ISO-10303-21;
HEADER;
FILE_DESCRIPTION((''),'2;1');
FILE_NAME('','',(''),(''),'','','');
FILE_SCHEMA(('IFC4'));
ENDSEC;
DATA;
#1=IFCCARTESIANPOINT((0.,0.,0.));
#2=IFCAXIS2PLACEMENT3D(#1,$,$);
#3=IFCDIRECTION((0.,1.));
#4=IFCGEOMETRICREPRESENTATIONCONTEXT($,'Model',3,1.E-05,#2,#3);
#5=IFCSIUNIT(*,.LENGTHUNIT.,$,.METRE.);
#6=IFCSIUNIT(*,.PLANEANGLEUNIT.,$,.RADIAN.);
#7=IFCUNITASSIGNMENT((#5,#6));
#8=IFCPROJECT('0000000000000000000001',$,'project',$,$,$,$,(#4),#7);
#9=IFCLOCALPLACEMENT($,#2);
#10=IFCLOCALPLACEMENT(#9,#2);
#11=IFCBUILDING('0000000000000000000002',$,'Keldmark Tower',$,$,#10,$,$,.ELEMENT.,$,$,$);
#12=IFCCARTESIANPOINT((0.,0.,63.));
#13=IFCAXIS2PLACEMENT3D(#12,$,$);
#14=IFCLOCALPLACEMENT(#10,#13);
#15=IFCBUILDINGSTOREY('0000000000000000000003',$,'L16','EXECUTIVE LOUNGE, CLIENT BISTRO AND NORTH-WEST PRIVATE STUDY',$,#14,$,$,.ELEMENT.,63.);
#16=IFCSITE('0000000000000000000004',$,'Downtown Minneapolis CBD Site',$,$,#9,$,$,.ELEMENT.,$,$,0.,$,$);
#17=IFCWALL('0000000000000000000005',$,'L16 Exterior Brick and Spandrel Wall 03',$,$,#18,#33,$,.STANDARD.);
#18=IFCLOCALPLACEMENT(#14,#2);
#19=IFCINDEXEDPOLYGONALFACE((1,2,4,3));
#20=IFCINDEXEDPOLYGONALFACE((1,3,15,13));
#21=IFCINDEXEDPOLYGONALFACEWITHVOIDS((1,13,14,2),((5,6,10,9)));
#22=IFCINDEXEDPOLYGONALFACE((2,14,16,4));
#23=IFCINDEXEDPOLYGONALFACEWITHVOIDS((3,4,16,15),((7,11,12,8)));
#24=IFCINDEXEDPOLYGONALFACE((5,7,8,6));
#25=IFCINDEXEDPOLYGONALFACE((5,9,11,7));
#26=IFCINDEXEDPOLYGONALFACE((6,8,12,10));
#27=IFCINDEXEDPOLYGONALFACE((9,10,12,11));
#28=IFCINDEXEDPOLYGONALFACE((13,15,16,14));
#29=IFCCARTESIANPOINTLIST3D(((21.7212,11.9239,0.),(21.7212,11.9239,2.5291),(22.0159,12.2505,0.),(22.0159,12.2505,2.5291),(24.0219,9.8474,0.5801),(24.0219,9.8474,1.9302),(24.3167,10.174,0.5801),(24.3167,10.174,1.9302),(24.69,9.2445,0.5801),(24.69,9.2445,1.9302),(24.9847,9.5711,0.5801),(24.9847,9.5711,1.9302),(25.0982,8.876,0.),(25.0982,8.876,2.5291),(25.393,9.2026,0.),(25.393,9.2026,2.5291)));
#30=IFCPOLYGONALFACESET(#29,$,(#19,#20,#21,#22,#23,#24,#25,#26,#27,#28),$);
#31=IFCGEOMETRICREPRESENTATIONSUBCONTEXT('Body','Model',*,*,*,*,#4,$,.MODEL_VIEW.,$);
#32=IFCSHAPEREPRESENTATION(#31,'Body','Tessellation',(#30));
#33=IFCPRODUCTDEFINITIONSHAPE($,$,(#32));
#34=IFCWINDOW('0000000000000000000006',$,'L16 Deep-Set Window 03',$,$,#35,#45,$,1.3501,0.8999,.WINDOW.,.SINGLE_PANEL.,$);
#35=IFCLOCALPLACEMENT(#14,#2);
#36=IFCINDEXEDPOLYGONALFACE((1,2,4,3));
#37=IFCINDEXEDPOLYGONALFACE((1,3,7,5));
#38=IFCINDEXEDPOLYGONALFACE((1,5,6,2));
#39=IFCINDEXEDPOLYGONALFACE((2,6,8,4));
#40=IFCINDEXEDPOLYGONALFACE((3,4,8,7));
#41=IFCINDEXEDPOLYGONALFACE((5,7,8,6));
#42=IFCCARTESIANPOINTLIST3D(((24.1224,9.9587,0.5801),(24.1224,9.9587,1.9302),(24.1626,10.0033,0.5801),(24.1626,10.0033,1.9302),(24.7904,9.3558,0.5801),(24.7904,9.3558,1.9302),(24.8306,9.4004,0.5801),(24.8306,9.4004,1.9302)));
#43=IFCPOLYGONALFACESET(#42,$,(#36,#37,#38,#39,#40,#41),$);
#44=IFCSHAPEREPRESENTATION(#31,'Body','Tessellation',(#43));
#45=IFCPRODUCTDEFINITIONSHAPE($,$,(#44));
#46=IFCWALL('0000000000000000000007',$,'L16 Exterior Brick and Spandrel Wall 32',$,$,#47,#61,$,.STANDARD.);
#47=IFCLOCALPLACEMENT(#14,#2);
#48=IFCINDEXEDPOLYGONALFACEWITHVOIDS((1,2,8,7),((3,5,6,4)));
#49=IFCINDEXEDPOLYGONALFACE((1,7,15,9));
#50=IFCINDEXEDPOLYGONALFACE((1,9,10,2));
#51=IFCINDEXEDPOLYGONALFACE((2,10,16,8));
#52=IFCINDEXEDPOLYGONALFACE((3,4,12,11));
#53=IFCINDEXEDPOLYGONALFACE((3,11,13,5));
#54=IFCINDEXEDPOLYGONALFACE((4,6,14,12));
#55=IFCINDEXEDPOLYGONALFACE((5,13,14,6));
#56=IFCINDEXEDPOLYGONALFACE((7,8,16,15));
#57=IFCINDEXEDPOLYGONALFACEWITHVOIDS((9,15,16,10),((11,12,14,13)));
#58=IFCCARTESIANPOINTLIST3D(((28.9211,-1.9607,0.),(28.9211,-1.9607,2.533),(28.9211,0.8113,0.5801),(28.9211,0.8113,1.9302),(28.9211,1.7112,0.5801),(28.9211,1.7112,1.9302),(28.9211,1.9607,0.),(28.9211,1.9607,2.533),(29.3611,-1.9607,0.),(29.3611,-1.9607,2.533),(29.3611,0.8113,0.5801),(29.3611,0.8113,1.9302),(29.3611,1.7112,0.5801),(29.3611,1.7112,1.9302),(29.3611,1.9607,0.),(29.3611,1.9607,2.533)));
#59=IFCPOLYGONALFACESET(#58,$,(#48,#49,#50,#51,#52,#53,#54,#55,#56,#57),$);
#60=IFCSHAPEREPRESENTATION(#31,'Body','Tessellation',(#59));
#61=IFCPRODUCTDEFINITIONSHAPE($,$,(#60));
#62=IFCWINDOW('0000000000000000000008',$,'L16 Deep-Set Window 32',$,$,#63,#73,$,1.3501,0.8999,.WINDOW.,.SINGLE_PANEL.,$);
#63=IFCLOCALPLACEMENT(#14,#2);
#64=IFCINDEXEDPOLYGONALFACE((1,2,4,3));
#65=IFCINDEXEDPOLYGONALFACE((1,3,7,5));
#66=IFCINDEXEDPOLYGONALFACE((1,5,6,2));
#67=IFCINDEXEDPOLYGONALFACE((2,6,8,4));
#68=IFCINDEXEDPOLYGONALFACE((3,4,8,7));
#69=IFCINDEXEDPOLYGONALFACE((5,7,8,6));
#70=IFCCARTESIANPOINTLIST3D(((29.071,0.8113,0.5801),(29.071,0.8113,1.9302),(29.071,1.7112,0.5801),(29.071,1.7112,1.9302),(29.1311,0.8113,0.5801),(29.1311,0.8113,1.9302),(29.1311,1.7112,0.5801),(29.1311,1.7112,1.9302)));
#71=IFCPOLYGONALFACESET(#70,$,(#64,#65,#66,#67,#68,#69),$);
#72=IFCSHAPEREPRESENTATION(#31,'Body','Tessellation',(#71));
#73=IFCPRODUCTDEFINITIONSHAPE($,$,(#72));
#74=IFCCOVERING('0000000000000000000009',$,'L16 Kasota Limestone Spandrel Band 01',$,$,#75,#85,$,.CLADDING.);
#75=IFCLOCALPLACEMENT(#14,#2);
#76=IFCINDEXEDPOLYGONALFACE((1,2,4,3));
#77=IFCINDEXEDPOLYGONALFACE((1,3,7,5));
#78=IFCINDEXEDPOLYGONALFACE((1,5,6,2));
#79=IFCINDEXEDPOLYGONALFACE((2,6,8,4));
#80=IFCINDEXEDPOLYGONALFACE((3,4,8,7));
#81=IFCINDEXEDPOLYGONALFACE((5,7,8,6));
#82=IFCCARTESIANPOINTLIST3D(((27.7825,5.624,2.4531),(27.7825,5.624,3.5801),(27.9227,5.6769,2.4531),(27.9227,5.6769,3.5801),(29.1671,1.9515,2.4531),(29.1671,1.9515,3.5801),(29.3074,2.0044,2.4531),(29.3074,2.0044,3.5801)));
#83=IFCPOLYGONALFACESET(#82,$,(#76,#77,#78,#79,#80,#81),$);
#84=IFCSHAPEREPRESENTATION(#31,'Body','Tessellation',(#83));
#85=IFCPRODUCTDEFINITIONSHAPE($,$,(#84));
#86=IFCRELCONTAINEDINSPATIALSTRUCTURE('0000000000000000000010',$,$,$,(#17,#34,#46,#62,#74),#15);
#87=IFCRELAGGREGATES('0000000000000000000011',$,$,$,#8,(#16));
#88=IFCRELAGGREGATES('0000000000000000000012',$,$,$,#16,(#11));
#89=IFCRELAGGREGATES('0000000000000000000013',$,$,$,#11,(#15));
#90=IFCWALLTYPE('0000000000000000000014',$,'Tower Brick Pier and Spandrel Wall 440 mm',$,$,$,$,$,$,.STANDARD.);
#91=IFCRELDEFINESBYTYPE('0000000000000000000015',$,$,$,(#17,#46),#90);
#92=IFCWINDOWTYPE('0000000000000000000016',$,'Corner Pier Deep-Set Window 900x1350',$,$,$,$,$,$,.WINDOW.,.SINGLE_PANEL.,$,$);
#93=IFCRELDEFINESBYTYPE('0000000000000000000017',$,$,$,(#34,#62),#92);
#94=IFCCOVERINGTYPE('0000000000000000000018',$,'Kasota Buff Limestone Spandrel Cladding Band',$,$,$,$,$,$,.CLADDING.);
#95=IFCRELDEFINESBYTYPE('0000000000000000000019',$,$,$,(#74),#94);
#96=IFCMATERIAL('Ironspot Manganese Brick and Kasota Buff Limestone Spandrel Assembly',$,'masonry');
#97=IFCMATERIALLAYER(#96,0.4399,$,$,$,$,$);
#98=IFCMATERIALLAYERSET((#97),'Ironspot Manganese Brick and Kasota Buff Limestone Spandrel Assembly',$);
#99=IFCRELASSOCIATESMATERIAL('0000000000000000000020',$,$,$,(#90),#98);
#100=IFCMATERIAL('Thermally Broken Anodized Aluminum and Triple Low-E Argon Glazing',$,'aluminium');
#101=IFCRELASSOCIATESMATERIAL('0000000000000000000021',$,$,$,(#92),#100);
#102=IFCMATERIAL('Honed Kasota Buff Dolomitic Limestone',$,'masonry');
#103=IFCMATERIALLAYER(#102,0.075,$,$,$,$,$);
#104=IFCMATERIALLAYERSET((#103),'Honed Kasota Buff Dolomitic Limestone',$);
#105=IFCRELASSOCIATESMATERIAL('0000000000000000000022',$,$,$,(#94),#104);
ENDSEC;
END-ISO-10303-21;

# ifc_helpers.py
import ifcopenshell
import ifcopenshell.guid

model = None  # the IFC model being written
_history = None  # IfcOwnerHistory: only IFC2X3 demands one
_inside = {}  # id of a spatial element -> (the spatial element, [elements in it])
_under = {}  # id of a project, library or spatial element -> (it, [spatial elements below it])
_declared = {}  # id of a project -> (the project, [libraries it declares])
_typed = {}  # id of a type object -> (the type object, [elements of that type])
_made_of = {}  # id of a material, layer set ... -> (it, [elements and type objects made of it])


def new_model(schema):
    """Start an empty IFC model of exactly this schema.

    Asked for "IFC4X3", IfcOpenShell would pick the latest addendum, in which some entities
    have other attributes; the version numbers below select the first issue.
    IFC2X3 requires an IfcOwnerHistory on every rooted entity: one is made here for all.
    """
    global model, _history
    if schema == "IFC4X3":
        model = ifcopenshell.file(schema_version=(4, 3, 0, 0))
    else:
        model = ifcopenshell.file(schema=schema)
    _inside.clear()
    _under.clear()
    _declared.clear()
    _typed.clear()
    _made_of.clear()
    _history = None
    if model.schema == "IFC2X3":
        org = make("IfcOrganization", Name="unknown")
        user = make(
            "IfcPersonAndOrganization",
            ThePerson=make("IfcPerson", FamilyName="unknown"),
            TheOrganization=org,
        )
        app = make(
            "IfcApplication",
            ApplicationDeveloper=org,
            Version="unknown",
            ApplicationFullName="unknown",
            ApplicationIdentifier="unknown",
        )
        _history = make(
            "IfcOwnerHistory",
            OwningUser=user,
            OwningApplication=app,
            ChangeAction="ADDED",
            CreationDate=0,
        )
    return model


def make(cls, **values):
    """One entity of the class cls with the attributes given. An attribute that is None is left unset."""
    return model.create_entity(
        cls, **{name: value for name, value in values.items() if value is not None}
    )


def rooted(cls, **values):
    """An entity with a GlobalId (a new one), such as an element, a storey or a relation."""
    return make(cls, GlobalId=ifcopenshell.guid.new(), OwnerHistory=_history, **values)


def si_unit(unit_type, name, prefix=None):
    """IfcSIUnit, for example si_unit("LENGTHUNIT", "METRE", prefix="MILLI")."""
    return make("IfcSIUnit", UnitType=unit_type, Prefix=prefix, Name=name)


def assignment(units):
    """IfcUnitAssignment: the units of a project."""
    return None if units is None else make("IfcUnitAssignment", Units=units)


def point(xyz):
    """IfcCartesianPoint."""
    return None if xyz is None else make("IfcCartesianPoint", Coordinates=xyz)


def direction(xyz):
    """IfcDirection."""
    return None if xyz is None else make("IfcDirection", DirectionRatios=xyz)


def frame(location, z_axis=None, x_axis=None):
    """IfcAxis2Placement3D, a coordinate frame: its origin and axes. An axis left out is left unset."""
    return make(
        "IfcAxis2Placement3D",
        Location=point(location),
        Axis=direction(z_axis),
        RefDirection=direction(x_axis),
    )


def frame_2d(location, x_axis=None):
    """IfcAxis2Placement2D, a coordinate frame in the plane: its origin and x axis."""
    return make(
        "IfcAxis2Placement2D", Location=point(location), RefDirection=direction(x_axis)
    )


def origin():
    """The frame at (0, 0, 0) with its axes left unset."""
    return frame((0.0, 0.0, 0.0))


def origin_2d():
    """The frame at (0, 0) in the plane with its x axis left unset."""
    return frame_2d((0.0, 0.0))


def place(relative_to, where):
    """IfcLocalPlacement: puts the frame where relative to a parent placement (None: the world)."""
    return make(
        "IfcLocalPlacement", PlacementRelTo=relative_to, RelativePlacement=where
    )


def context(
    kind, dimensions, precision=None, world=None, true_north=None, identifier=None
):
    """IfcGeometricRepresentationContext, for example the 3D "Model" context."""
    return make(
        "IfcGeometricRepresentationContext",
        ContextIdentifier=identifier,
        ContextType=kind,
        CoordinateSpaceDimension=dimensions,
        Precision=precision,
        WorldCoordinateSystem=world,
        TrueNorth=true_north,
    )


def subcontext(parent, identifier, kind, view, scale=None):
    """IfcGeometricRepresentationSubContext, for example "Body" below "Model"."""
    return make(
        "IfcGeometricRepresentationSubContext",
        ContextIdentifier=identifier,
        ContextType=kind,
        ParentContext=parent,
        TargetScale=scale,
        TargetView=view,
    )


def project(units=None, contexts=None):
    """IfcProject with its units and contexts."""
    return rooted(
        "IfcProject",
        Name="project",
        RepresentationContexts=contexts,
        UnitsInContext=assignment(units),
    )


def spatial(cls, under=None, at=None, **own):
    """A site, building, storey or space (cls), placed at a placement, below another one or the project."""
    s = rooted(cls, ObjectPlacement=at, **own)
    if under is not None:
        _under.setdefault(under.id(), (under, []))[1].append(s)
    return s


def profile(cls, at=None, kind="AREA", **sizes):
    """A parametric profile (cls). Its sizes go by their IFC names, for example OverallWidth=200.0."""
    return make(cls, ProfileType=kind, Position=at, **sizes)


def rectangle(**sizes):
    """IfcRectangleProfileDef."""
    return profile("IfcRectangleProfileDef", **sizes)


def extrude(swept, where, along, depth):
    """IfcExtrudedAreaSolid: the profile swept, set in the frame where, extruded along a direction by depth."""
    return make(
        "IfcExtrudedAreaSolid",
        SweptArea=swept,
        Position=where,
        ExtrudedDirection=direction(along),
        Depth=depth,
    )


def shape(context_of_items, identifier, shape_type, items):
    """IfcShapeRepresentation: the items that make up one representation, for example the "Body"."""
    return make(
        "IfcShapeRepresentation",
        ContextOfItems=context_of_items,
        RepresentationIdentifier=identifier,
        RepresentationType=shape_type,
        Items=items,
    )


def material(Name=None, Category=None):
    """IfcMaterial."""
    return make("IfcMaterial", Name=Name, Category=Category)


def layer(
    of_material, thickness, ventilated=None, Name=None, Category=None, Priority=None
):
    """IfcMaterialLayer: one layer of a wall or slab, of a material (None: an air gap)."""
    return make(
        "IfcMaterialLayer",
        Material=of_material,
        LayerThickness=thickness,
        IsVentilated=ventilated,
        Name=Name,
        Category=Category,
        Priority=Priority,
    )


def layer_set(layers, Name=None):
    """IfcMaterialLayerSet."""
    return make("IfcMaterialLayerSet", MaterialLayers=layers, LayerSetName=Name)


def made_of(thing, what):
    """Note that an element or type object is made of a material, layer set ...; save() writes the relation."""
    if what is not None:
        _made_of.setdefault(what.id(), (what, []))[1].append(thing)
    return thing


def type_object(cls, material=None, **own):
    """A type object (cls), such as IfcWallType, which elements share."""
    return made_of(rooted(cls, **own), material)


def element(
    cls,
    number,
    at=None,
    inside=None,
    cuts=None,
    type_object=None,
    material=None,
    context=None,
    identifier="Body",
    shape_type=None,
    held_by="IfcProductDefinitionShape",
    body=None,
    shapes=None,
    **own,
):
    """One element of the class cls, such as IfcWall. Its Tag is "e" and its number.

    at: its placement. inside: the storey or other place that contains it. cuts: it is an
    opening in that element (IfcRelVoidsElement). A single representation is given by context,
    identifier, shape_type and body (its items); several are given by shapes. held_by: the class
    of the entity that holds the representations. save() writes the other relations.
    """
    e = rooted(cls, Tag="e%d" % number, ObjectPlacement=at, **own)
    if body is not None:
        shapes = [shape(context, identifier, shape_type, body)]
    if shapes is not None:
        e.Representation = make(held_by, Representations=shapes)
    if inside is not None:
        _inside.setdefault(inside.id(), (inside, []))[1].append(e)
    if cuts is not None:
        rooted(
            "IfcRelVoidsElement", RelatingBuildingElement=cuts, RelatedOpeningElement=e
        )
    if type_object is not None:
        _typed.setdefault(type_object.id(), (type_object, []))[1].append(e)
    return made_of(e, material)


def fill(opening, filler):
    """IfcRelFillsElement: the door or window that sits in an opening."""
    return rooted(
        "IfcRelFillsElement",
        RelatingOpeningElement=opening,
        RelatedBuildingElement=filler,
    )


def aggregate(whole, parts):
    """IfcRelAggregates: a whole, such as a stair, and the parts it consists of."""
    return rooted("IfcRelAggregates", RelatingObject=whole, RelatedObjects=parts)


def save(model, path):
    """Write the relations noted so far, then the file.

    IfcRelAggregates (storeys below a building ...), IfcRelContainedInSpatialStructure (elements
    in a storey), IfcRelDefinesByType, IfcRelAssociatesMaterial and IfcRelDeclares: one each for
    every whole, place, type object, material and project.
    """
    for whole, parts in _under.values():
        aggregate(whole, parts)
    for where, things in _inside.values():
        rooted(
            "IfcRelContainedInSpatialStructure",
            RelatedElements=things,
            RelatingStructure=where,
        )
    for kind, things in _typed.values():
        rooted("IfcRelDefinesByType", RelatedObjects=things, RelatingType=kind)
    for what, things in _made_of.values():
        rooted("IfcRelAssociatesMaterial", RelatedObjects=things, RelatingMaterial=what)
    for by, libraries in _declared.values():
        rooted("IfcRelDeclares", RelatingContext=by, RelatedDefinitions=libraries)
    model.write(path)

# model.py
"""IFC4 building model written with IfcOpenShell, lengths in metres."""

from ifc_helpers import new_model, si_unit, direction, frame, frame_2d, origin, origin_2d, place, context, subcontext, project, spatial, rectangle, extrude, material, layer, layer_set, type_object, element, fill, save


model = new_model("IFC4")

# Units and contexts
model_context = context("Model", 3, precision=1e-05, world=origin(), true_north=direction((0.0, 1.0)))
body_context = subcontext(model_context, "Body", "Model", "MODEL_VIEW")
ifc_project = project(units=[si_unit("LENGTHUNIT", "METRE"), si_unit("PLANEANGLEUNIT", "RADIAN")], contexts=[model_context])

# Site, building, storey
site_placement = place(None, origin())
site = spatial("IfcSite", under=ifc_project, at=site_placement, Name="Downtown Minneapolis CBD Site", CompositionType="ELEMENT", RefElevation=0.0)
building_placement = place(site_placement, origin())
building = spatial("IfcBuilding", under=site, at=building_placement, Name="Keldmark Tower", CompositionType="ELEMENT")
storey_placement = place(building_placement, frame((0.0, 0.0, 63.0)))
storey = spatial("IfcBuildingStorey", under=building, at=storey_placement, Name="L16", Description="EXECUTIVE LOUNGE, CLIENT BISTRO AND NORTH-WEST PRIVATE STUDY", CompositionType="ELEMENT", Elevation=63.0)

# Walls, openings, windows
ifc_material_1 = material(Name="Ironspot Manganese Brick and Kasota Buff Limestone Spandrel Assembly", Category="masonry")
ifc_layer_1 = layer(ifc_material_1, 0.4399)
ifc_layer_set_1 = layer_set([ifc_layer_1], Name="Ironspot Manganese Brick and Kasota Buff Limestone Spandrel Assembly")
wall_type = type_object("IfcWallType", Name="Tower Brick Pier and Spandrel Wall 440 mm", PredefinedType="STANDARD", material=ifc_layer_set_1)
ifc_material_2 = material(Name="Thermally Broken Anodized Aluminum and Triple Low-E Argon Glazing", Category="aluminium")
window_type = type_object("IfcWindowType", Name="Corner Pier Deep-Set Window 900x1350", PartitioningType="SINGLE_PANEL", PredefinedType="WINDOW", material=ifc_material_2)
wall_1_placement = place(storey_placement, frame((21.8687, 12.0872, 0.0), z_axis=(0.0, 0.0, 1.0), x_axis=(0.742354, -0.670008, 0.0)))
wall_1 = element("IfcWall", 1, at=wall_1_placement, inside=storey, type_object=wall_type, Name="L16 Exterior Brick and Spandrel Wall 03", PredefinedType="STANDARD", context=body_context, shape_type="SweptSolid", body=[
    extrude(rectangle(XDim=4.5491, YDim=0.4399, at=frame_2d((2.2744, 0.0))), origin(), (0.0, 0.0, 1.0), 2.5291),
])
opening_1_placement = place(wall_1_placement, frame((3.0991, 0.0, 0.5801)))
opening_1 = element("IfcOpeningElement", 2, at=opening_1_placement, cuts=wall_1, PredefinedType="OPENING", context=body_context, shape_type="SweptSolid", body=[
    extrude(rectangle(XDim=0.8999, YDim=1.3501, at=frame_2d((0.45, 0.675))), frame((0.0, 0.23, 0.0), z_axis=(0.0, -1.0, 0.0), x_axis=(1.0, 0.0, 0.0)), (0.0, 0.0, 1.0), 0.46),
])
window_1_placement = place(opening_1_placement, origin())
window_1 = element("IfcWindow", 3, at=window_1_placement, inside=storey, type_object=window_type, Name="L16 Deep-Set Window 03", OverallHeight=1.3501, OverallWidth=0.8999, PartitioningType="SINGLE_PANEL", PredefinedType="WINDOW", context=body_context, shape_type="SweptSolid", body=[
    extrude(rectangle(XDim=0.8999, YDim=1.3501, at=frame_2d((0.45, 0.675))), frame((0.0, -0.01, 0.0), z_axis=(0.0, -1.0, 0.0), x_axis=(1.0, 0.0, 0.0)), (0.0, 0.0, 1.0), 0.0601),
])
fill(opening_1, window_1)
wall_2_placement = place(storey_placement, frame((29.1411, 1.9607, 0.0), z_axis=(0.0, 0.0, 1.0), x_axis=(0.0, -1.0, 0.0)))
wall_2 = element("IfcWall", 4, at=wall_2_placement, inside=storey, type_object=wall_type, Name="L16 Exterior Brick and Spandrel Wall 32", PredefinedType="STANDARD", context=body_context, shape_type="SweptSolid", body=[
    extrude(rectangle(XDim=3.9214, YDim=0.4399, at=frame_2d((1.9607, 0.0))), origin(), (0.0, 0.0, 1.0), 2.533),
])
opening_2_placement = place(wall_2_placement, frame((0.2495, 0.0, 0.5801)))
opening_2 = element("IfcOpeningElement", 5, at=opening_2_placement, cuts=wall_2, PredefinedType="OPENING", context=body_context, shape_type="SweptSolid", body=[
    extrude(rectangle(XDim=0.8999, YDim=1.3501, at=frame_2d((0.45, 0.675))), frame((0.0, 0.23, 0.0), z_axis=(0.0, -1.0, 0.0), x_axis=(1.0, 0.0, 0.0)), (0.0, 0.0, 1.0), 0.46),
])
window_2_placement = place(opening_2_placement, origin())
window_2 = element("IfcWindow", 6, at=window_2_placement, inside=storey, type_object=window_type, Name="L16 Deep-Set Window 32", OverallHeight=1.3501, OverallWidth=0.8999, PartitioningType="SINGLE_PANEL", PredefinedType="WINDOW", context=body_context, shape_type="SweptSolid", body=[
    extrude(rectangle(XDim=0.8999, YDim=1.3501, at=frame_2d((0.45, 0.675))), frame((0.0, -0.01, 0.0), z_axis=(0.0, -1.0, 0.0), x_axis=(1.0, 0.0, 0.0)), (0.0, 0.0, 1.0), 0.0601),
])
fill(opening_2, window_2)

# Covering
ifc_material_3 = material(Name="Honed Kasota Buff Dolomitic Limestone", Category="masonry")
ifc_layer_2 = layer(ifc_material_3, 0.075)
ifc_layer_set_2 = layer_set([ifc_layer_2], Name="Honed Kasota Buff Dolomitic Limestone")
covering_type = type_object("IfcCoveringType", Name="Kasota Buff Limestone Spandrel Cladding Band", PredefinedType="CLADDING", material=ifc_layer_set_2)
covering_placement = place(storey_placement, frame((28.5449, 3.8142, 2.4531), z_axis=(0.0, 0.0, 1.0), x_axis=(-0.352789, 0.935703, 0.0)))
element("IfcCovering", 7, at=covering_placement, inside=storey, type_object=covering_type, Name="L16 Kasota Limestone Spandrel Band 01", PredefinedType="CLADDING", context=body_context, shape_type="SweptSolid", body=[
    extrude(rectangle(XDim=3.9248, YDim=0.1499, at=origin_2d()), origin(), (0.0, 0.0, 1.0), 1.127),
])

save(model, "model.ifc")
